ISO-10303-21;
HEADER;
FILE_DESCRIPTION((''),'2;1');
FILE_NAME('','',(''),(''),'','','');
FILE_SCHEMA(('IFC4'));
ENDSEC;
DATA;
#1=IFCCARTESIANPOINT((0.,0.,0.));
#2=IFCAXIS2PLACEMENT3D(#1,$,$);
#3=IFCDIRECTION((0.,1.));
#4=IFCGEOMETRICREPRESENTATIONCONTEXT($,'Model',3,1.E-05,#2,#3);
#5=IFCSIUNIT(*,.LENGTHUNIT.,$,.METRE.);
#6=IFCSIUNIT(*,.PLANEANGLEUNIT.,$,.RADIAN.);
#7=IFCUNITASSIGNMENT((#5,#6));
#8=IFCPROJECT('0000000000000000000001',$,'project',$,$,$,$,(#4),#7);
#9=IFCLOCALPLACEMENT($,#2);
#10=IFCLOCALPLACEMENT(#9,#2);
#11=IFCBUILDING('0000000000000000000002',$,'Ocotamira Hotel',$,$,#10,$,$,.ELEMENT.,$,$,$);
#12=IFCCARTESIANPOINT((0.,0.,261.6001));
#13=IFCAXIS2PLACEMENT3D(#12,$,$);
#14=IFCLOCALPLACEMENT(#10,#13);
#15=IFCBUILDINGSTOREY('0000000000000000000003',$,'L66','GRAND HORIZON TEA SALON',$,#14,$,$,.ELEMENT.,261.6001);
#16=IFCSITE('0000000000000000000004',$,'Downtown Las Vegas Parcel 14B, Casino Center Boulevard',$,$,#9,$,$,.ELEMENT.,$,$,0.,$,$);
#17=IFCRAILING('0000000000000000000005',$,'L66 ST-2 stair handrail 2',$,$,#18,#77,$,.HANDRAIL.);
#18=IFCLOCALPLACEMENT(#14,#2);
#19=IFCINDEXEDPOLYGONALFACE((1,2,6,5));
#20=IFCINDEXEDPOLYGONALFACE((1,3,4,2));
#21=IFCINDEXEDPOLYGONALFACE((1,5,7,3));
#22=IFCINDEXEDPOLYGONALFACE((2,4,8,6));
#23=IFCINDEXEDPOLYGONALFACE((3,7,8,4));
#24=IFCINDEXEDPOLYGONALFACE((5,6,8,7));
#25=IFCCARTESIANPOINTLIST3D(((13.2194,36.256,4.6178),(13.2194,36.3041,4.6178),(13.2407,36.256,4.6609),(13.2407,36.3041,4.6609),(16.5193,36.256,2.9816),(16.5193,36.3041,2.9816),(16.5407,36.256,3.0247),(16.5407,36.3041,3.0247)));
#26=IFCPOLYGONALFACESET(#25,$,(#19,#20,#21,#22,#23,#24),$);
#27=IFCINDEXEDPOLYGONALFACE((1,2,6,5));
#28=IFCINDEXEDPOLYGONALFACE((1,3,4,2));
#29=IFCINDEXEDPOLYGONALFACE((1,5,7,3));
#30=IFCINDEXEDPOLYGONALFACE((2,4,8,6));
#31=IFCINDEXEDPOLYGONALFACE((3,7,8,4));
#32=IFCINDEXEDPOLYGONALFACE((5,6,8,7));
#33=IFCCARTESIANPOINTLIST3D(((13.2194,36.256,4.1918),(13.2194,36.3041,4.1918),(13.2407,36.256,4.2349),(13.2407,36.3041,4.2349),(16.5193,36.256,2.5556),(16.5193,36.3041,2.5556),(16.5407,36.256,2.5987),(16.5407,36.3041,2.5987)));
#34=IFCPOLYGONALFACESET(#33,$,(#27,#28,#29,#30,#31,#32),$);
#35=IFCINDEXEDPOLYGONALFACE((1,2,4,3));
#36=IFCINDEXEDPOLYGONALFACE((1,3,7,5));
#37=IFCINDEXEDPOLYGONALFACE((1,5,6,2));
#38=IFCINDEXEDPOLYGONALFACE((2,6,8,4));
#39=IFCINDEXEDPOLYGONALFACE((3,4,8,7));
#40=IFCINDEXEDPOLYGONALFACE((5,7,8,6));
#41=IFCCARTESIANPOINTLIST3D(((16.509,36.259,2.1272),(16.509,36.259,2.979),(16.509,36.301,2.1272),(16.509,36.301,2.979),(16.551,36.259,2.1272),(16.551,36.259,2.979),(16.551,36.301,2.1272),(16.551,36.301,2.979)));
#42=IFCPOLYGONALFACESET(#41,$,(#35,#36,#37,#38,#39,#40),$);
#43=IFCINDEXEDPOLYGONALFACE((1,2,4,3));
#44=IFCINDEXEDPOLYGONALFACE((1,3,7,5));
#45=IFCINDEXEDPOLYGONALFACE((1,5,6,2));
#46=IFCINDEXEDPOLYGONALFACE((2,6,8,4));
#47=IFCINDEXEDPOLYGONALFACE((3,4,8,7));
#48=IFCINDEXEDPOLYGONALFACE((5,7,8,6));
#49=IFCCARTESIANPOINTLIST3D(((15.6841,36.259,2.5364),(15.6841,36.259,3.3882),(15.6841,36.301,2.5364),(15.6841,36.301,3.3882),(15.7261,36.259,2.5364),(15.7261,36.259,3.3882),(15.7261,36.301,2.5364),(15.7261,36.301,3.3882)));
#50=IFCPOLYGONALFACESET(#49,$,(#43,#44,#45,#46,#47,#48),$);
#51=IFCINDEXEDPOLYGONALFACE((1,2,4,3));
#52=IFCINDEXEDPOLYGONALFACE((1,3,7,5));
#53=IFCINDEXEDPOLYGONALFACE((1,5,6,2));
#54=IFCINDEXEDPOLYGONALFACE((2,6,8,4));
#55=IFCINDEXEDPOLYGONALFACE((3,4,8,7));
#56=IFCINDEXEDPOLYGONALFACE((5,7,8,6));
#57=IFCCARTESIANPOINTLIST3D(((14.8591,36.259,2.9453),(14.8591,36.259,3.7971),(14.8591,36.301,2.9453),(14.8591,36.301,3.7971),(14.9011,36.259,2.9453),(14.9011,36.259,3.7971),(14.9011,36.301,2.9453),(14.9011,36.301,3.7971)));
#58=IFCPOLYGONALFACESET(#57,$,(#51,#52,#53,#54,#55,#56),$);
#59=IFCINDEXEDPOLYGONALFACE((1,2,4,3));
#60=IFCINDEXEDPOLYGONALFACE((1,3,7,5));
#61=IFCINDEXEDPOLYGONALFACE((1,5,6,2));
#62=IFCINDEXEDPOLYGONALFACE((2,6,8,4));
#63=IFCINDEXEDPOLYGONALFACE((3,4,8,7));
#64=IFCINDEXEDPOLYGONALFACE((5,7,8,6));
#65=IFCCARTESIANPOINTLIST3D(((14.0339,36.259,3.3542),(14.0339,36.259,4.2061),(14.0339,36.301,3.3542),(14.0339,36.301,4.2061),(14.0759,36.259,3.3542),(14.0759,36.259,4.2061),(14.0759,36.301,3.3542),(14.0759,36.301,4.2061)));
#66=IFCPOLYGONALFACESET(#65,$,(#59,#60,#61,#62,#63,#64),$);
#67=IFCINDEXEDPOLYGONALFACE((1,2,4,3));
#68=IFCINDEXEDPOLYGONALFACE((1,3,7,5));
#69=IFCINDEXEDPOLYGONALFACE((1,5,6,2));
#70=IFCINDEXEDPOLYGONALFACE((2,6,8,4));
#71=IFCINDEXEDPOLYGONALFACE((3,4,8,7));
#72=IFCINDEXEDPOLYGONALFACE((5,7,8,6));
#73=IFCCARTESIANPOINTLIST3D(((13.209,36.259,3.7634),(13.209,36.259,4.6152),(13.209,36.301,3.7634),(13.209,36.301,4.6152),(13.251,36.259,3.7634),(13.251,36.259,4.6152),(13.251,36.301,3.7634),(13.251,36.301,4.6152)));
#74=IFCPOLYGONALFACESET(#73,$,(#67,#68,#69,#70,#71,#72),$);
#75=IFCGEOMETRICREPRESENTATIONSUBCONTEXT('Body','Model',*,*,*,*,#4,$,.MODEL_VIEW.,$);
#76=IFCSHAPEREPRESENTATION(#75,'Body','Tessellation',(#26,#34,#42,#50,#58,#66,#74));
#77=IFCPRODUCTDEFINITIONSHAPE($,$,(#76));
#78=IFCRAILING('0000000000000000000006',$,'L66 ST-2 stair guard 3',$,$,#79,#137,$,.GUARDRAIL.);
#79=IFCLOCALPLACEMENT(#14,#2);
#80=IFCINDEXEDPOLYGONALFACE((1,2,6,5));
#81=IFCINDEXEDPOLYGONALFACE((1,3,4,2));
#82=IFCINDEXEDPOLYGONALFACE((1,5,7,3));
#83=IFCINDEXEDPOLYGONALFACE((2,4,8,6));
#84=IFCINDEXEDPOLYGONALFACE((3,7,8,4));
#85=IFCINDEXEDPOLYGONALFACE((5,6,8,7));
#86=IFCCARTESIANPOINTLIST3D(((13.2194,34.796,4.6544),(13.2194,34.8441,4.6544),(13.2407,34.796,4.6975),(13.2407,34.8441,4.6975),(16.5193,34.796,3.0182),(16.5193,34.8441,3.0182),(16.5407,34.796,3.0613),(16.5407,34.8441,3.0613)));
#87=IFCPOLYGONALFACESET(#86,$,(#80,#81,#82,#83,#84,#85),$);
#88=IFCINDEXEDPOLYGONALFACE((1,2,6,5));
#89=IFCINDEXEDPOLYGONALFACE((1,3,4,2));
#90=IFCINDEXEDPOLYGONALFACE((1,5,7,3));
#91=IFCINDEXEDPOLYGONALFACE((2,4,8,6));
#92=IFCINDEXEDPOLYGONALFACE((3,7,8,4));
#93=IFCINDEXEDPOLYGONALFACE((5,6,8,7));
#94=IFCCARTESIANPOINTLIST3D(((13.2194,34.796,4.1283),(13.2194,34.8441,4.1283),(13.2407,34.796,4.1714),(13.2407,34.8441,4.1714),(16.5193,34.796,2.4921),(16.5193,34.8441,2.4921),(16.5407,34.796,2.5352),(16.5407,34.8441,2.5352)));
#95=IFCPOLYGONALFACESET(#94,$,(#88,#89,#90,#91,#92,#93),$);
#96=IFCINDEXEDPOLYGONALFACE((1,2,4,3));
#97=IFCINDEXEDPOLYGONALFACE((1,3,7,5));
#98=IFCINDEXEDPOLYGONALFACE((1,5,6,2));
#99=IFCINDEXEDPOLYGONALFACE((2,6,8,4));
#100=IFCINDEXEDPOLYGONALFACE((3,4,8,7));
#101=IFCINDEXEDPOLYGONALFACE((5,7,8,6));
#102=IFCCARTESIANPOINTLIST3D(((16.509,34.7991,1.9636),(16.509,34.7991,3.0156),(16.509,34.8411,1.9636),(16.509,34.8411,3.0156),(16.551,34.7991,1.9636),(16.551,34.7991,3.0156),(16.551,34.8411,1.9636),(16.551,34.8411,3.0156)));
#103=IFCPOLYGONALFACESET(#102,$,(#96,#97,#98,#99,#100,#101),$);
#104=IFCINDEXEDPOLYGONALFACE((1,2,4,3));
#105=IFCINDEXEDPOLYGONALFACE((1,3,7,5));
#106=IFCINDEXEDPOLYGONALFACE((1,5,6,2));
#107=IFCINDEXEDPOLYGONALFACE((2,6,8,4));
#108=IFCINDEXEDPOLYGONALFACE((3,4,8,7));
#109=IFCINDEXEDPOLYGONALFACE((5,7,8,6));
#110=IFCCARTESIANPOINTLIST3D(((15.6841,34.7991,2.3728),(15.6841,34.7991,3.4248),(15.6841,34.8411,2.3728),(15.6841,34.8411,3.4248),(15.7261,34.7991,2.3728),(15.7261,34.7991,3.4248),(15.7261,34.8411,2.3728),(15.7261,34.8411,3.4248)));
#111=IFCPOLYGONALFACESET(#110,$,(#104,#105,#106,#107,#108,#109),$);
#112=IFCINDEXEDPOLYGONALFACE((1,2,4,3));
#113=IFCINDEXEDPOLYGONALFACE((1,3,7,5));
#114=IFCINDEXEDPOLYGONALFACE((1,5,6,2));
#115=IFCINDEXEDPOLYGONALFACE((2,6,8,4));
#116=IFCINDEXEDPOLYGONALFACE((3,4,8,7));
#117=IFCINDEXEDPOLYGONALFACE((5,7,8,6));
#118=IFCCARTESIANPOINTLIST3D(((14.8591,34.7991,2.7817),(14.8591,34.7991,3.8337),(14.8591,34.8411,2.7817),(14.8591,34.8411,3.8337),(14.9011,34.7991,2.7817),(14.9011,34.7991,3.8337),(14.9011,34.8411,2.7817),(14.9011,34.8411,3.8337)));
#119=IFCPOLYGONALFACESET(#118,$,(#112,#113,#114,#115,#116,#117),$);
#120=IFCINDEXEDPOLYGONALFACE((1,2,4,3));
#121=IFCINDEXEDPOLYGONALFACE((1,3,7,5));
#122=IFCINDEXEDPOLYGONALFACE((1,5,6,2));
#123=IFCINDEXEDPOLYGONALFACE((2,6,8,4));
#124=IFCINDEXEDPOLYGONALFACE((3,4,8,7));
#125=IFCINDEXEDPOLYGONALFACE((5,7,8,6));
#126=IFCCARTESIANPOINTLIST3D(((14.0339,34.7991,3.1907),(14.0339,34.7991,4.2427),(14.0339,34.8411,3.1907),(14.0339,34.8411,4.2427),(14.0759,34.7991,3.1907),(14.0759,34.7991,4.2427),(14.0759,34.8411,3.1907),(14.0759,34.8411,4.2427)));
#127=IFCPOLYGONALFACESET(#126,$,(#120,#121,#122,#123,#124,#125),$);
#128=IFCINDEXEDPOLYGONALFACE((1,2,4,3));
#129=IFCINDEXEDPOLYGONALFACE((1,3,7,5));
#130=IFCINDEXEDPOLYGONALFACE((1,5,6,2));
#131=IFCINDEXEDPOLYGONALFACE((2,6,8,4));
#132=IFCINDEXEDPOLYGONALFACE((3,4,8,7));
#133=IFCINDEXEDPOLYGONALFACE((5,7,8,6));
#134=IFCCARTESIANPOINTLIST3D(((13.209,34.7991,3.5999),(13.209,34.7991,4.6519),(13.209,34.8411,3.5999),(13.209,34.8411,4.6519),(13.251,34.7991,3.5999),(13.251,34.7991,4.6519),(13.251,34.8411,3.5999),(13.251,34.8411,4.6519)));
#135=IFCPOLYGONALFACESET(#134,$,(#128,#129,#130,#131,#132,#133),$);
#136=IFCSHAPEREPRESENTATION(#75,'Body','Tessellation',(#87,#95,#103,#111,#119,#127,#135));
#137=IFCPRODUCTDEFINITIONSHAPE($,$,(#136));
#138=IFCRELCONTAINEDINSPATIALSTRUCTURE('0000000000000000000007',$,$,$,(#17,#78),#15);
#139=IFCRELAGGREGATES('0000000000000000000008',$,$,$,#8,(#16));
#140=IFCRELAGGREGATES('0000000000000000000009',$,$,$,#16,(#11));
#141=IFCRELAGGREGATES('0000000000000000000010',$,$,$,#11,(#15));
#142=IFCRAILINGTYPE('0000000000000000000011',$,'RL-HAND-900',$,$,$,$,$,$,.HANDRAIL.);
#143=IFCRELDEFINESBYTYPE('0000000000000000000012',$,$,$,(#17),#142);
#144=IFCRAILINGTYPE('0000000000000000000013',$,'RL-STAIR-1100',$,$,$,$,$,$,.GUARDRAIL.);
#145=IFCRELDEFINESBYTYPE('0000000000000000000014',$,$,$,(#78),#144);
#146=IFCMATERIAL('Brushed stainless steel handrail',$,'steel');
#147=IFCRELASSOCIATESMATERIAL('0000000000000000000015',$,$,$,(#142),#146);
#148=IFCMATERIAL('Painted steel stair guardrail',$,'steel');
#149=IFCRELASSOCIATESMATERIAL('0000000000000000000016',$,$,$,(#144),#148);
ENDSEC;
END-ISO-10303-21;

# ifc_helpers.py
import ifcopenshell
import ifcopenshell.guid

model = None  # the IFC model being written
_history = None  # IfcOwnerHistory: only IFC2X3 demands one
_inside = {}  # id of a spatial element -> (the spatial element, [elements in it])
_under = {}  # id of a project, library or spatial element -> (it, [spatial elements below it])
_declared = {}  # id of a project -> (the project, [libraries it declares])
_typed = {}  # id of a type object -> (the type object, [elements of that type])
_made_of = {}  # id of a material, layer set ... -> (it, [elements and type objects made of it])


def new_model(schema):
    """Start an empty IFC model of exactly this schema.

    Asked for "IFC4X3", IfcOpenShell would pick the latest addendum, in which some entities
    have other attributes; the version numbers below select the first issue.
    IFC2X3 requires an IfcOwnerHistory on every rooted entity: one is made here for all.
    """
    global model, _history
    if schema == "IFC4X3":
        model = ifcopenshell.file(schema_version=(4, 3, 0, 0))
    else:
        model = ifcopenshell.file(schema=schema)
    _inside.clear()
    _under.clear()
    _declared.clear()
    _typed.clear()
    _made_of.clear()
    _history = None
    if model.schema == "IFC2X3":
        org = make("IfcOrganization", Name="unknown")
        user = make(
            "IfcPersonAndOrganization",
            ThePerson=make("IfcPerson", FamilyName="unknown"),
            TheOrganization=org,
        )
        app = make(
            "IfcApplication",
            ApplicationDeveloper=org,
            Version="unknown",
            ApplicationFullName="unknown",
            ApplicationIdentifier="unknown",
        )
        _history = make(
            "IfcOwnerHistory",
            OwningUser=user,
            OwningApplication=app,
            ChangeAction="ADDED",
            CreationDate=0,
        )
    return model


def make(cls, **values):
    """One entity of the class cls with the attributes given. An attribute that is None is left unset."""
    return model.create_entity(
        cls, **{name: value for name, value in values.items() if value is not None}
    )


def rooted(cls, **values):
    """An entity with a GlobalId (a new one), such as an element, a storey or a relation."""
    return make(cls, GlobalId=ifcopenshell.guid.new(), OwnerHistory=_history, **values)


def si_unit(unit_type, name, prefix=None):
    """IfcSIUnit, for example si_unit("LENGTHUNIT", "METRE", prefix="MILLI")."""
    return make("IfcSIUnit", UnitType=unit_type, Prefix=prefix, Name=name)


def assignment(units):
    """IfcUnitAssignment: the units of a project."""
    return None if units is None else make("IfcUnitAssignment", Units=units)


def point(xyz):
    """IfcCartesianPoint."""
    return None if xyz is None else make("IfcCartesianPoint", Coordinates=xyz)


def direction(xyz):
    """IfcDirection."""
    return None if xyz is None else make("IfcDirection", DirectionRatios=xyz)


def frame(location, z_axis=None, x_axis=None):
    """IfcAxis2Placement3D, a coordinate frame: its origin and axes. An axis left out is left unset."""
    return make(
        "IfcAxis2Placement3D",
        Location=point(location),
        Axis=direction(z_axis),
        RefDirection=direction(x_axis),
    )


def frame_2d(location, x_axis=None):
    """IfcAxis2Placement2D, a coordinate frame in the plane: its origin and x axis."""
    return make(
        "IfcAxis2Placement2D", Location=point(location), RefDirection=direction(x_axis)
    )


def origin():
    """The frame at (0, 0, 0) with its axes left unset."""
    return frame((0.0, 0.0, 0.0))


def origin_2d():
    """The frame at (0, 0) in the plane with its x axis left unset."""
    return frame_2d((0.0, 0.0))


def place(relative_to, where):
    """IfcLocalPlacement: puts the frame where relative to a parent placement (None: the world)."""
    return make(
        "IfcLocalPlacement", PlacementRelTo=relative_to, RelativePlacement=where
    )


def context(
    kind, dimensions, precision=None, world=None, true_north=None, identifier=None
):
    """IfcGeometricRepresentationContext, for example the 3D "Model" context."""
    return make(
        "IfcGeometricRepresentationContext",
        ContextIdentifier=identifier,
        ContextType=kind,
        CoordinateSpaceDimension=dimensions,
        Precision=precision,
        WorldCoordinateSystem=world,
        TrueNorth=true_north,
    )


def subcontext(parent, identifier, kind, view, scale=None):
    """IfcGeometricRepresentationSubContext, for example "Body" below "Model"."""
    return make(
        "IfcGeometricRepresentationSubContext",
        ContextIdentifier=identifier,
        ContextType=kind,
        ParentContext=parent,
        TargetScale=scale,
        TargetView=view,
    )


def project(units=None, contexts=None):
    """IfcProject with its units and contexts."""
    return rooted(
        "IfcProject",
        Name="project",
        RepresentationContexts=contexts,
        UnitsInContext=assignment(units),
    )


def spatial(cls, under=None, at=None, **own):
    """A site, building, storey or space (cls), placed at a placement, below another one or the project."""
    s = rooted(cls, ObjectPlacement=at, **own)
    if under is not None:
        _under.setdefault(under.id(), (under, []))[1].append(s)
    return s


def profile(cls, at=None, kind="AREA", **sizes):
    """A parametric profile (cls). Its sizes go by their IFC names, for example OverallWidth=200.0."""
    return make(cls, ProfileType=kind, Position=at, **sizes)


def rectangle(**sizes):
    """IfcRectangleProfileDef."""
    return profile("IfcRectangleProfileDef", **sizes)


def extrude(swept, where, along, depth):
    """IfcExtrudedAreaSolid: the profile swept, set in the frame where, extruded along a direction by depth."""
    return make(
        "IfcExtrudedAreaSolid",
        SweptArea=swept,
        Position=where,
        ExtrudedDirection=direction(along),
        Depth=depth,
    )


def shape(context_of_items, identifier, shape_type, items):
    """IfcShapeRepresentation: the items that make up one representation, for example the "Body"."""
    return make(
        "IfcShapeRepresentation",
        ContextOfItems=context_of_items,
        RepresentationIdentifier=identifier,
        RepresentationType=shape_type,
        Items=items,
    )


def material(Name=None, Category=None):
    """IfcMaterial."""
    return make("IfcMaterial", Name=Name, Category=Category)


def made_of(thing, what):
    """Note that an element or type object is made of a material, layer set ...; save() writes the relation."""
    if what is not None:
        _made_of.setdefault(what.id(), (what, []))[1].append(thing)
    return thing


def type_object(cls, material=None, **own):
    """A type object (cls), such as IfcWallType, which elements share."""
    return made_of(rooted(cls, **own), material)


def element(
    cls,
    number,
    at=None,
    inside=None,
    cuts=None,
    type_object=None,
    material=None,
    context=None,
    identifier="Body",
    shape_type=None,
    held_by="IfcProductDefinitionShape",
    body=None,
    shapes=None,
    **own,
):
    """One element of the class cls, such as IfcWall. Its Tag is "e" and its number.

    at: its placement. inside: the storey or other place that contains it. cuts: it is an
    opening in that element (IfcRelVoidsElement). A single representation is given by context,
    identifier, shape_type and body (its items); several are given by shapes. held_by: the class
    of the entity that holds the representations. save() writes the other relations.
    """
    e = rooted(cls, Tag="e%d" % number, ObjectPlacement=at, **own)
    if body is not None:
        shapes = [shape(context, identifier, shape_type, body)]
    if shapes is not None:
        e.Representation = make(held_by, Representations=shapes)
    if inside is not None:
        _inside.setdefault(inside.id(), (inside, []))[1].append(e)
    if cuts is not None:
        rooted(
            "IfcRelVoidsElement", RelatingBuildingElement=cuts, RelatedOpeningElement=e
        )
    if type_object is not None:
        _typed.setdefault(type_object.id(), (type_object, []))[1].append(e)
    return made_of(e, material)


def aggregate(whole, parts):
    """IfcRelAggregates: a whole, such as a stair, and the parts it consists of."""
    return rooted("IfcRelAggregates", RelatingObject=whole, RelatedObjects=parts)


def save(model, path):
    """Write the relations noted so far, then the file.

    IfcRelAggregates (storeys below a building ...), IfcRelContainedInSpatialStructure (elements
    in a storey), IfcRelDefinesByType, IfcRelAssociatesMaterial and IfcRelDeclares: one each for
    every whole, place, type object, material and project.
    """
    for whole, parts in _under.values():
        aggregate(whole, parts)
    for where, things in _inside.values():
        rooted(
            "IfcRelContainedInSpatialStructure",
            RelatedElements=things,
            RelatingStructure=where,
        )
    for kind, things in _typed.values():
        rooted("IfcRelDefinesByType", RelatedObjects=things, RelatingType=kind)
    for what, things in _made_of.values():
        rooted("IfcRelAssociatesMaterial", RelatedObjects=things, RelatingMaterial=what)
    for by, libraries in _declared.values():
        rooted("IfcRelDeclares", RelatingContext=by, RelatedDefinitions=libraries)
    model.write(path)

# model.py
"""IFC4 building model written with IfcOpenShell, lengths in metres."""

from ifc_helpers import new_model, si_unit, direction, frame, origin, origin_2d, place, context, subcontext, project, spatial, rectangle, extrude, material, type_object, element, save


model = new_model("IFC4")

# Units and contexts
model_context = context("Model", 3, precision=1e-05, world=origin(), true_north=direction((0.0, 1.0)))
body_context = subcontext(model_context, "Body", "Model", "MODEL_VIEW")
ifc_project = project(units=[si_unit("LENGTHUNIT", "METRE"), si_unit("PLANEANGLEUNIT", "RADIAN")], contexts=[model_context])

# Site, building, storey
site_placement = place(None, origin())
site = spatial("IfcSite", under=ifc_project, at=site_placement, Name="Downtown Las Vegas Parcel 14B, Casino Center Boulevard", CompositionType="ELEMENT", RefElevation=0.0)
building_placement = place(site_placement, origin())
building = spatial("IfcBuilding", under=site, at=building_placement, Name="Ocotamira Hotel", CompositionType="ELEMENT")
storey_placement = place(building_placement, frame((0.0, 0.0, 261.6001)))
storey = spatial("IfcBuildingStorey", under=building, at=storey_placement, Name="L66", Description="GRAND HORIZON TEA SALON", CompositionType="ELEMENT", Elevation=261.6001)

# Railings
ifc_material_1 = material(Name="Brushed stainless steel handrail", Category="steel")
railing_type_1 = type_object("IfcRailingType", Name="RL-HAND-900", PredefinedType="HANDRAIL", material=ifc_material_1)
railing_1_placement = place(storey_placement, frame((16.53, 36.28, 2.1272)))
element("IfcRailing", 1, at=railing_1_placement, inside=storey, type_object=railing_type_1, Name="L66 ST-2 stair handrail 2", PredefinedType="HANDRAIL", context=body_context, shape_type="SweptSolid", body=[
    extrude(rectangle(XDim=0.0481, YDim=0.0481, at=origin_2d()), frame((0.0, 0.0, 0.876), z_axis=(-0.89592, 0.0, 0.444215), x_axis=(0.0, -1.0, 0.0)), (0.0, 0.0, 1.0), 3.6833),
    extrude(rectangle(XDim=0.0481, YDim=0.0481, at=origin_2d()), frame((0.0, 0.0, 0.45), z_axis=(-0.89592, 0.0, 0.444215), x_axis=(0.0, -1.0, 0.0)), (0.0, 0.0, 1.0), 3.6833),
    extrude(rectangle(XDim=0.042, YDim=0.042, at=origin_2d()), origin(), (0.0, 0.0, 1.0), 0.8518),
    extrude(rectangle(XDim=0.042, YDim=0.042, at=origin_2d()), frame((-0.825, 0.0, 0.4092)), (0.0, 0.0, 1.0), 0.8518),
    extrude(rectangle(XDim=0.042, YDim=0.042, at=origin_2d()), frame((-1.6499, 0.0, 0.8181)), (0.0, 0.0, 1.0), 0.8518),
    extrude(rectangle(XDim=0.042, YDim=0.042, at=origin_2d()), frame((-2.4751, 0.0, 1.2271)), (0.0, 0.0, 1.0), 0.8518),
    extrude(rectangle(XDim=0.042, YDim=0.042, at=origin_2d()), frame((-3.3, 0.0, 1.6362)), (0.0, 0.0, 1.0), 0.8518),
])
ifc_material_2 = material(Name="Painted steel stair guardrail", Category="steel")
railing_type_2 = type_object("IfcRailingType", Name="RL-STAIR-1100", PredefinedType="GUARDRAIL", material=ifc_material_2)
railing_2_placement = place(storey_placement, frame((16.53, 34.8201, 1.9636)))
element("IfcRailing", 2, at=railing_2_placement, inside=storey, type_object=railing_type_2, Name="L66 ST-2 stair guard 3", PredefinedType="GUARDRAIL", context=body_context, shape_type="SweptSolid", body=[
    extrude(rectangle(XDim=0.0481, YDim=0.0481, at=origin_2d()), frame((0.0, 0.0, 1.0762), z_axis=(-0.89592, 0.0, 0.444215), x_axis=(0.0, -1.0, 0.0)), (0.0, 0.0, 1.0), 3.6833),
    extrude(rectangle(XDim=0.0481, YDim=0.0481, at=origin_2d()), frame((0.0, 0.0, 0.55), z_axis=(-0.89592, 0.0, 0.444215), x_axis=(0.0, -1.0, 0.0)), (0.0, 0.0, 1.0), 3.6833),
    extrude(rectangle(XDim=0.042, YDim=0.042, at=origin_2d()), origin(), (0.0, 0.0, 1.0), 1.052),
    extrude(rectangle(XDim=0.042, YDim=0.042, at=origin_2d()), frame((-0.825, 0.0, 0.4092)), (0.0, 0.0, 1.0), 1.052),
    extrude(rectangle(XDim=0.042, YDim=0.042, at=origin_2d()), frame((-1.6499, 0.0, 0.8181)), (0.0, 0.0, 1.0), 1.052),
    extrude(rectangle(XDim=0.042, YDim=0.042, at=origin_2d()), frame((-2.4751, 0.0, 1.2271)), (0.0, 0.0, 1.0), 1.052),
    extrude(rectangle(XDim=0.042, YDim=0.042, at=origin_2d()), frame((-3.3, 0.0, 1.6362)), (0.0, 0.0, 1.0), 1.052),
])

save(model, "model.ifc")
